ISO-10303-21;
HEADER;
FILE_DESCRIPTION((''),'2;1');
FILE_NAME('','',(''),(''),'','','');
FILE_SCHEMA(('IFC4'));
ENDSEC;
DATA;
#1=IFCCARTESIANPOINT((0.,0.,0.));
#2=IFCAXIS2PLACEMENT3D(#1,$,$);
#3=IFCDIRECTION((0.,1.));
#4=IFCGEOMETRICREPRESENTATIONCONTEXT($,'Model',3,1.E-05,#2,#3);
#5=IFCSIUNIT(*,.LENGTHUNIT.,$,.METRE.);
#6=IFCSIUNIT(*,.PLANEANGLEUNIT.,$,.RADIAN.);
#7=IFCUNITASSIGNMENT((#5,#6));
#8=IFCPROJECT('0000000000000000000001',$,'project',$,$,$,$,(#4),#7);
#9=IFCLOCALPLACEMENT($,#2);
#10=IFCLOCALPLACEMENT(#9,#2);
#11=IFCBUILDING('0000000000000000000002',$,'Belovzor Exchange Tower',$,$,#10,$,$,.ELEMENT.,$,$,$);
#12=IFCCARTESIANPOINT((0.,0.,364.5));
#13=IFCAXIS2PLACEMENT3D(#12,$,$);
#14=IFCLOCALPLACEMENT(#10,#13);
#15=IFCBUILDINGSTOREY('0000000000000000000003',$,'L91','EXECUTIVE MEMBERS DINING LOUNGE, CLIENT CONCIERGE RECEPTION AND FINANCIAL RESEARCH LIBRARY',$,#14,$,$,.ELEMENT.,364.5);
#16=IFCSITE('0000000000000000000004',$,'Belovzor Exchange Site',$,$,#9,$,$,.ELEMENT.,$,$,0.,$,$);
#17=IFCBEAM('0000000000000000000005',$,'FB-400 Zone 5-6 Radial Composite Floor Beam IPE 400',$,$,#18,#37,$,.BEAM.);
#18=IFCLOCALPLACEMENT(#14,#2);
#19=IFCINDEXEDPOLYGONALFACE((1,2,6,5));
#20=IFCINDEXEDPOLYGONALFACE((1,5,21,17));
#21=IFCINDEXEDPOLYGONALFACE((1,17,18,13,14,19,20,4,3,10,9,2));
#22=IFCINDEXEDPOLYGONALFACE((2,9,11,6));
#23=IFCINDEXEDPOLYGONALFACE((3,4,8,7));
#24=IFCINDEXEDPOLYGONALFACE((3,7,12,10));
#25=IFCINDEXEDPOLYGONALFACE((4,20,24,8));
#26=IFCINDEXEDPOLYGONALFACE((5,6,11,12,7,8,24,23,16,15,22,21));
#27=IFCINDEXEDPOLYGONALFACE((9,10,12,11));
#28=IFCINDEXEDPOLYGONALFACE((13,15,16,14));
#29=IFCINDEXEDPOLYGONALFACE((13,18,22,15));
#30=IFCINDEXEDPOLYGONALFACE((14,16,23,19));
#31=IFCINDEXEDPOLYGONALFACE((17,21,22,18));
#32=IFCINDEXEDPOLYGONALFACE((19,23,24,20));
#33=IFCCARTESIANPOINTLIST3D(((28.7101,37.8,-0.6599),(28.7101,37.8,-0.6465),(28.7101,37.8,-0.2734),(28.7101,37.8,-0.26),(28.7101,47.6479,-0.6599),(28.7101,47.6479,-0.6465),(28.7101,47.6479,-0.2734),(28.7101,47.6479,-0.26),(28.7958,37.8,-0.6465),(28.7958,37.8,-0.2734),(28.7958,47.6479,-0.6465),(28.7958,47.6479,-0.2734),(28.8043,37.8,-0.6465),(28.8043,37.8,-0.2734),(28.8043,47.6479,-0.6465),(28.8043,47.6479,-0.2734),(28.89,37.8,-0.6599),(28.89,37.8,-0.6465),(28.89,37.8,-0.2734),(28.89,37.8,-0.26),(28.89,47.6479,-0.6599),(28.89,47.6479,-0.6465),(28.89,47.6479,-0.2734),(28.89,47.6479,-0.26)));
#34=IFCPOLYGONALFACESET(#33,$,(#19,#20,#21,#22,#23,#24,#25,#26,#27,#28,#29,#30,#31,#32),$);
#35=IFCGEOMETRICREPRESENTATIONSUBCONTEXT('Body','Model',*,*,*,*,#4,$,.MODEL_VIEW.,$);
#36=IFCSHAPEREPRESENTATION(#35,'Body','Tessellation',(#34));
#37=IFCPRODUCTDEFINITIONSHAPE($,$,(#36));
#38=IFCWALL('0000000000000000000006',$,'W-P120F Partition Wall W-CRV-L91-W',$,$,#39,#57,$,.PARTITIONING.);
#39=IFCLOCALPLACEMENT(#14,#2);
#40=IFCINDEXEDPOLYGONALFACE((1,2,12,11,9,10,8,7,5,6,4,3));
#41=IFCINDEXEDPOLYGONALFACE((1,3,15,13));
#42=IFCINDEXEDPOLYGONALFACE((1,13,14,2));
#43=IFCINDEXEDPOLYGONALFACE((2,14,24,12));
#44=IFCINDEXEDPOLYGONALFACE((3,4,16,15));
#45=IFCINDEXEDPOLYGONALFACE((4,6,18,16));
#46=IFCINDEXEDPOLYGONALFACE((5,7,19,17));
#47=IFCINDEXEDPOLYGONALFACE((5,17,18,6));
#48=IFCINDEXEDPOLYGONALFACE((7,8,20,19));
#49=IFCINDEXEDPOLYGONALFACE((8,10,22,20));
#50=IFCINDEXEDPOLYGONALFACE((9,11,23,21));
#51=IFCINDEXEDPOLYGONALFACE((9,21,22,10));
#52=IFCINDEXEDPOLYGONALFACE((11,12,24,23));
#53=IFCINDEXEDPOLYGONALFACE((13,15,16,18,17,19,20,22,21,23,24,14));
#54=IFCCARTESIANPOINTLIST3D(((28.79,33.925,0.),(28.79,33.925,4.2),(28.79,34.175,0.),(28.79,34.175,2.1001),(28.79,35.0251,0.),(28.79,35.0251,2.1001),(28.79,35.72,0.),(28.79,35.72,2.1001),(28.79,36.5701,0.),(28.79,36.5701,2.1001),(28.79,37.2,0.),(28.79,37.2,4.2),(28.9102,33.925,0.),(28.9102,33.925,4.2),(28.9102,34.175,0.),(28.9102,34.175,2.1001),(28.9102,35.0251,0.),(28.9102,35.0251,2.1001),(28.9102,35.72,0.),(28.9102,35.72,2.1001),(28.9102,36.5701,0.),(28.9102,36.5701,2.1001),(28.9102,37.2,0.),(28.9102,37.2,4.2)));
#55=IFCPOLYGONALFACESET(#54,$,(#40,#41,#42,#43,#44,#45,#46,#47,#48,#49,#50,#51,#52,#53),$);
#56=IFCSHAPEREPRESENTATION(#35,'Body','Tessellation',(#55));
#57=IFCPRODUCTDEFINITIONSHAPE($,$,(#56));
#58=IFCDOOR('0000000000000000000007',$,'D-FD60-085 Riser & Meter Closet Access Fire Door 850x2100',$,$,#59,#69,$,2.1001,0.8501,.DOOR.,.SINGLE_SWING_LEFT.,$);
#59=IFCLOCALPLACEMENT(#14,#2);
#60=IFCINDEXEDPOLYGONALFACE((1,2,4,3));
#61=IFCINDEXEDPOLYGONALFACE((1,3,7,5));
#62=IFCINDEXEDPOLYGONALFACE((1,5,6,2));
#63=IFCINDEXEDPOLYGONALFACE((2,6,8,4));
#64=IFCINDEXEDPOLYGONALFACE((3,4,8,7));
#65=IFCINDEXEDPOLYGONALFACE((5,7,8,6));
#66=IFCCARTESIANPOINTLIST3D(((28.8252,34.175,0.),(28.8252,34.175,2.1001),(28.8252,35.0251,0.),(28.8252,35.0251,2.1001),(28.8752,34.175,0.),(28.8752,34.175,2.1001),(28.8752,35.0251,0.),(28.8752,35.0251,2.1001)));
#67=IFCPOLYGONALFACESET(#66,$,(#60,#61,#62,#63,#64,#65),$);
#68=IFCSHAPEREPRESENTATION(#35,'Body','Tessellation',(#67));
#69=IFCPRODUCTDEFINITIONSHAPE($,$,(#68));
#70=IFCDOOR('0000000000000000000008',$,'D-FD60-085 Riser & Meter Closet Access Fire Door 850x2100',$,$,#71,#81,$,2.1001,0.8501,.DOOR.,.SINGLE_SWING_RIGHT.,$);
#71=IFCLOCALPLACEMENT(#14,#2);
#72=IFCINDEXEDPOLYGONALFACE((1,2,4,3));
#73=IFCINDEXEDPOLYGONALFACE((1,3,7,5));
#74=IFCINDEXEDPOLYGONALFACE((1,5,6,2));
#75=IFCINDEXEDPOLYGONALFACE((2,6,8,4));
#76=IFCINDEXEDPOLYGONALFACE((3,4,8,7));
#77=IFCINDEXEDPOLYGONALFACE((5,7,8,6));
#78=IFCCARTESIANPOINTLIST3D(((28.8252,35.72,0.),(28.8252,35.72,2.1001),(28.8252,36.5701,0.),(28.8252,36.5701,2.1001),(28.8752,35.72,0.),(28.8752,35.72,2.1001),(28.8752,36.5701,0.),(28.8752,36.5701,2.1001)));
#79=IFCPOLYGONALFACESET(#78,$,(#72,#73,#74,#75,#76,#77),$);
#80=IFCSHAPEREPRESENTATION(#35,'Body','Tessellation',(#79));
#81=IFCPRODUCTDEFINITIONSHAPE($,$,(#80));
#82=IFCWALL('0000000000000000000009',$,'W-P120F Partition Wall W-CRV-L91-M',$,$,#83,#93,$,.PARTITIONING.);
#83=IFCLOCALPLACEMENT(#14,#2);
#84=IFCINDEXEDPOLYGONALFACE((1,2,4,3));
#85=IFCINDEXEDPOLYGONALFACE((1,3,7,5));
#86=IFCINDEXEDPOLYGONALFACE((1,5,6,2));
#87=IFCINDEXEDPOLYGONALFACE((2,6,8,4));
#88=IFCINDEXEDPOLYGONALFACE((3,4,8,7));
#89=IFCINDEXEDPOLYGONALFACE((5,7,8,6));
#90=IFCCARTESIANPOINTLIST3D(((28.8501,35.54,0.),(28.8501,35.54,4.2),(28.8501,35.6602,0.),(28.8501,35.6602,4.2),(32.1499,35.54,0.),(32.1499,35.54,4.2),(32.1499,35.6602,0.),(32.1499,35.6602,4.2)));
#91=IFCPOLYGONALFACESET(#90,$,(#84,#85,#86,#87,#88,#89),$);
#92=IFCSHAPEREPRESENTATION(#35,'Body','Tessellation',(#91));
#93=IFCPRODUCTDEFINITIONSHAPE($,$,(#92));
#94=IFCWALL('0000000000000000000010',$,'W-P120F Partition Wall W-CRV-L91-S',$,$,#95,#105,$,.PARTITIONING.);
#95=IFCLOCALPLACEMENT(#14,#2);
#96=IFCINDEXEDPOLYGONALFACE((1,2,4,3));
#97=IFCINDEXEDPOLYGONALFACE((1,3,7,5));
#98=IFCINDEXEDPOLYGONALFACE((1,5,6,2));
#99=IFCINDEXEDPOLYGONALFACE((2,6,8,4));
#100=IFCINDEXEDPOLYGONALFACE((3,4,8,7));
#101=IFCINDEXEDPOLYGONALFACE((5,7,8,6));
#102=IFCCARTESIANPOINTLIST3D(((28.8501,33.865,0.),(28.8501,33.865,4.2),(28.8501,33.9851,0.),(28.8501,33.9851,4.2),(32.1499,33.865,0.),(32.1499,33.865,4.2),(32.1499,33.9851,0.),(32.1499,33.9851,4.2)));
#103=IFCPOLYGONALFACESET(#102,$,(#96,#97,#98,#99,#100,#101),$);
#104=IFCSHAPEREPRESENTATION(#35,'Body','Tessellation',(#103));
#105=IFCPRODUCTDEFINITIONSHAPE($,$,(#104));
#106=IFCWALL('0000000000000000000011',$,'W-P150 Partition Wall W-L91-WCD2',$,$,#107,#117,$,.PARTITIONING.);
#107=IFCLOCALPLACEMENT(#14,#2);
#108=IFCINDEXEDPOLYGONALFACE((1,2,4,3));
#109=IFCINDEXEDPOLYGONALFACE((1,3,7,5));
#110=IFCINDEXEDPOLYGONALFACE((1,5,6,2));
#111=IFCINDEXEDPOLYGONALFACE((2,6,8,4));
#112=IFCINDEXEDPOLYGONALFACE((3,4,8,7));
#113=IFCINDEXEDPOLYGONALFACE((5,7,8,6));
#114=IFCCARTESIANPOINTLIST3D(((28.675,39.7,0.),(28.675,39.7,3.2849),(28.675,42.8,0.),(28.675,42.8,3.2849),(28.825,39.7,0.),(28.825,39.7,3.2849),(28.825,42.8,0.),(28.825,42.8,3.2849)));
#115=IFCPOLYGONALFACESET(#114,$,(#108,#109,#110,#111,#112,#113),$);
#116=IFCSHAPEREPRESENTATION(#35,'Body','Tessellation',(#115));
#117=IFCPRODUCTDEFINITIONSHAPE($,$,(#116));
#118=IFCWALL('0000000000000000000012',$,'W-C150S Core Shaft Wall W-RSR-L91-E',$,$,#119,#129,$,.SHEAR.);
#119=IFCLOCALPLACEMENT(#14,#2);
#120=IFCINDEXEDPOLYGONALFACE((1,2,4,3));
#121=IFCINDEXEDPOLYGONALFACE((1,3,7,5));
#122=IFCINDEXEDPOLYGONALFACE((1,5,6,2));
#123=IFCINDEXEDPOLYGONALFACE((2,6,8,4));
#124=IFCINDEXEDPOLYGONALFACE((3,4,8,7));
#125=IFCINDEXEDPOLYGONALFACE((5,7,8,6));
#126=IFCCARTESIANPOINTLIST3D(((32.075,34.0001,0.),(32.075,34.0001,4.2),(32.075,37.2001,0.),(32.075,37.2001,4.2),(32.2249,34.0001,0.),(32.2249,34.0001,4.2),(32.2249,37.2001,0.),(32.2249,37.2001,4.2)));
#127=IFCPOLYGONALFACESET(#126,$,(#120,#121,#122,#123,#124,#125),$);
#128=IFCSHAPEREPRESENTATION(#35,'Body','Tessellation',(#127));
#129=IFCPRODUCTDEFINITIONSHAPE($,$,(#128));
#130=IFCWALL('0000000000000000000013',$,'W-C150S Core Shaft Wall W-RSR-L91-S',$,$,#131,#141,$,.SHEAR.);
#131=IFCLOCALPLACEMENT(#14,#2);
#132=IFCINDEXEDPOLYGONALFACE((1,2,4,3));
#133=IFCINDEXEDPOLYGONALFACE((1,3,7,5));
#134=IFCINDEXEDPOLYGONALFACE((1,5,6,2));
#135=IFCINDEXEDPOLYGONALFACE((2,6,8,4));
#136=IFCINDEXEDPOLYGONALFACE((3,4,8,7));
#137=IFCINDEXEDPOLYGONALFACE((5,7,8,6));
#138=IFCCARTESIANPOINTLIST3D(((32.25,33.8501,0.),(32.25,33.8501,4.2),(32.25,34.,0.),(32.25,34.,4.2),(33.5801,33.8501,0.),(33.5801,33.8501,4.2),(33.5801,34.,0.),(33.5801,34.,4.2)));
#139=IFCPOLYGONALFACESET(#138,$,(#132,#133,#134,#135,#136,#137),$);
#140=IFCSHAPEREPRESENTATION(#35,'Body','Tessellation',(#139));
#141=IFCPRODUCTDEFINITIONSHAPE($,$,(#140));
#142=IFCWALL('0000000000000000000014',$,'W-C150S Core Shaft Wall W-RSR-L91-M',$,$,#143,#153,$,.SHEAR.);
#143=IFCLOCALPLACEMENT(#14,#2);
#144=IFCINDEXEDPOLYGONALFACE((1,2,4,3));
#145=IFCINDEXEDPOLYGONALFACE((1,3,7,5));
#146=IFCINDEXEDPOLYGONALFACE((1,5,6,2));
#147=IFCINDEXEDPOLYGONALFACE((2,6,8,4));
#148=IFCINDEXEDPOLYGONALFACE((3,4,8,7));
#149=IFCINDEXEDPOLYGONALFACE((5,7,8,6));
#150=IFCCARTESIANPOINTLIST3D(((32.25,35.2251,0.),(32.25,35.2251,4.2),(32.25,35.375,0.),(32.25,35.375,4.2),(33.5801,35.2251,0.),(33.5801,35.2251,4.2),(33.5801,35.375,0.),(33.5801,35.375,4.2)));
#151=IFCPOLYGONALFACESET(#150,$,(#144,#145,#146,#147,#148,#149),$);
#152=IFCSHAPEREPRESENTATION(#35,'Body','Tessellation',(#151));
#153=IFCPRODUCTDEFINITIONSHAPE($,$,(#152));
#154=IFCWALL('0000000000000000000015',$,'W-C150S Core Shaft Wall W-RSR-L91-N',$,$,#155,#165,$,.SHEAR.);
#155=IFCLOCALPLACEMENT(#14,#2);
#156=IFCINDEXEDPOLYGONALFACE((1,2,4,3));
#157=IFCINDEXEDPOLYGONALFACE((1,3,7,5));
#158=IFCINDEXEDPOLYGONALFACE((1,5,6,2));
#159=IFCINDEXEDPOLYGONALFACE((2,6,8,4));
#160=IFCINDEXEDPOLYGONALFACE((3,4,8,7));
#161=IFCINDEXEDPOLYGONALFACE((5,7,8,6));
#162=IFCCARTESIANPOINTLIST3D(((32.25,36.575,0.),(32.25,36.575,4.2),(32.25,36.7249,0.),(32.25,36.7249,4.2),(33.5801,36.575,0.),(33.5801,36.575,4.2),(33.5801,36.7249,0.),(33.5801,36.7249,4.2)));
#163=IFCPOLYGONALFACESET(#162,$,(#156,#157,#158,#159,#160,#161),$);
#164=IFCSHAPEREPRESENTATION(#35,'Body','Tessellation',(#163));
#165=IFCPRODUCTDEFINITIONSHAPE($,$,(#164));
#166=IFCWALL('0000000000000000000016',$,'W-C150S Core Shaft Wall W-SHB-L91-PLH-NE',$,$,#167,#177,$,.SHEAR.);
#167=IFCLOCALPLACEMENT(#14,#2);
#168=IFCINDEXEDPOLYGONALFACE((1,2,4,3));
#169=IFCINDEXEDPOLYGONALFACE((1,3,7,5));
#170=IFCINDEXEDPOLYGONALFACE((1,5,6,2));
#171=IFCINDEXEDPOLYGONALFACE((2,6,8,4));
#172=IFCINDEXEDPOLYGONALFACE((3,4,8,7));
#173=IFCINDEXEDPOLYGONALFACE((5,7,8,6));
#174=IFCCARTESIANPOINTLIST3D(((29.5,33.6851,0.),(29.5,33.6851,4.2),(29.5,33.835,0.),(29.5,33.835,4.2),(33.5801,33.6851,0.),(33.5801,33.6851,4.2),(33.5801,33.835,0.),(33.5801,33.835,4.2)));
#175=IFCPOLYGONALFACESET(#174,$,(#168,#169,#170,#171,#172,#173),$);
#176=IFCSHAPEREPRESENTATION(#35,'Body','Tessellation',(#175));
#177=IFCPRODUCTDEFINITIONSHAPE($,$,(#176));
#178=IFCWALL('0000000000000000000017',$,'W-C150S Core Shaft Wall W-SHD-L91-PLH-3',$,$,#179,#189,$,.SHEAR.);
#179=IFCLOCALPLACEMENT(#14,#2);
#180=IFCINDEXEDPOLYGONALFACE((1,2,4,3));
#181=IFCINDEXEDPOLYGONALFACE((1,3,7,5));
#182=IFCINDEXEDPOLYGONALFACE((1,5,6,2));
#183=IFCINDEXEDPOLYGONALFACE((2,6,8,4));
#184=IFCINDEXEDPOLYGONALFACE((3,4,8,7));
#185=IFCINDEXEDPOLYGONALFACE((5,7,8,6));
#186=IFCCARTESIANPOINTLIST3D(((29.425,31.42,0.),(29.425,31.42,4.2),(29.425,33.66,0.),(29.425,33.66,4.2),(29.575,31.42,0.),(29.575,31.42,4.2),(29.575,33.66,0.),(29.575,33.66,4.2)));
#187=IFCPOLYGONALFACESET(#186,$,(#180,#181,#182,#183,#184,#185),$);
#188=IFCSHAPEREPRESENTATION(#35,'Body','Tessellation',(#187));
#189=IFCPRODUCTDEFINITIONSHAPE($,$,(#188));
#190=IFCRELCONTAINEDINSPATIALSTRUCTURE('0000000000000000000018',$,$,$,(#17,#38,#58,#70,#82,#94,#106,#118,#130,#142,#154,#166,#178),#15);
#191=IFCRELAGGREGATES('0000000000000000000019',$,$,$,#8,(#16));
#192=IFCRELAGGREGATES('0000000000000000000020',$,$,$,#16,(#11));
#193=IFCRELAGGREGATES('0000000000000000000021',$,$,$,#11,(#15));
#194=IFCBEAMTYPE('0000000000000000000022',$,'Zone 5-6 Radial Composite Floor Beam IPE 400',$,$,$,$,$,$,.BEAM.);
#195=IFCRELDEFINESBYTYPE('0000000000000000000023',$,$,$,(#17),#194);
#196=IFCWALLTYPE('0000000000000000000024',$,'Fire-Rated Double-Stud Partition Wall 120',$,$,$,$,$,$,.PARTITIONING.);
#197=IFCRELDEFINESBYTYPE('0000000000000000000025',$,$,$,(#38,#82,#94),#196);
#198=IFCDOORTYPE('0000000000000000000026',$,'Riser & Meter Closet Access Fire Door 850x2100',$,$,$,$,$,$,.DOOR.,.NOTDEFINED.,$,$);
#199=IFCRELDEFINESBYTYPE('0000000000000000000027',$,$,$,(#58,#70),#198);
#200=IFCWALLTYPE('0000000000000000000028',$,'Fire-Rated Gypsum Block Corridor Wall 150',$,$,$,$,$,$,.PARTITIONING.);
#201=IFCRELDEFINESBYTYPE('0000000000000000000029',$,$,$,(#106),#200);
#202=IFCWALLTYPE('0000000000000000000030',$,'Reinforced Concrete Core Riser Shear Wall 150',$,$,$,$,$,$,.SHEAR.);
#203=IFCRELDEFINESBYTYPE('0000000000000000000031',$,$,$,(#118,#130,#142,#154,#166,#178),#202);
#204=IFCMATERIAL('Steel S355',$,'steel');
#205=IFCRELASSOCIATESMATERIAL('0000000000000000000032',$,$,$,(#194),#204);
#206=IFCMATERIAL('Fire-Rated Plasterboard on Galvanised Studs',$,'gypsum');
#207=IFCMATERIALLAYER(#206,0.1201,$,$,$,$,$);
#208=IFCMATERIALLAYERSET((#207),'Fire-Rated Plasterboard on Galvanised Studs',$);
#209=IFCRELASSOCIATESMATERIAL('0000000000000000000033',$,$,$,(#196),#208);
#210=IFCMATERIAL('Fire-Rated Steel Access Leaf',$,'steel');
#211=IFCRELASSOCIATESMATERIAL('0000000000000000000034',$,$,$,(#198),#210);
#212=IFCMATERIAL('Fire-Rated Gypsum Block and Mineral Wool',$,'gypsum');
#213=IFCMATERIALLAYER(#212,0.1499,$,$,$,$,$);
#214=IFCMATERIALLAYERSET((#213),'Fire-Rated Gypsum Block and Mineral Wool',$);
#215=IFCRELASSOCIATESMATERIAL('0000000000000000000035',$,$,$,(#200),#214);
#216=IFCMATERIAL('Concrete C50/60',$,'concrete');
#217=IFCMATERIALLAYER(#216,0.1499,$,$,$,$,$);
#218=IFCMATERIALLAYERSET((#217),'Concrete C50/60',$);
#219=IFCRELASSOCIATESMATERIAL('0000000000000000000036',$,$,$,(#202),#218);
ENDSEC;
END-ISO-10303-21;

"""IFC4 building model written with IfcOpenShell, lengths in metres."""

from ifc_helpers import new_model, si_unit, direction, frame, frame_2d, origin, origin_2d, place, context, subcontext, project, spatial, rectangle, i_section, extrude, material, layer, layer_set, material_profile, profile_set, type_object, element, fill, save


model = new_model("IFC4")

# Units and contexts
model_context = context("Model", 3, precision=1e-05, world=origin(), true_north=direction((0.0, 1.0)))
body_context = subcontext(model_context, "Body", "Model", "MODEL_VIEW")
ifc_project = project(units=[si_unit("LENGTHUNIT", "METRE"), si_unit("PLANEANGLEUNIT", "RADIAN")], contexts=[model_context])

# Site, building, storey
site_placement = place(None, origin())
site = spatial("IfcSite", under=ifc_project, at=site_placement, Name="Belovzor Exchange Site", CompositionType="ELEMENT", RefElevation=0.0)
building_placement = place(site_placement, origin())
building = spatial("IfcBuilding", under=site, at=building_placement, Name="Belovzor Exchange Tower", CompositionType="ELEMENT")
storey_placement = place(building_placement, frame((0.0, 0.0, 364.5)))
storey = spatial("IfcBuildingStorey", under=building, at=storey_placement, Name="L91", Description="EXECUTIVE MEMBERS DINING LOUNGE, CLIENT CONCIERGE RECEPTION AND FINANCIAL RESEARCH LIBRARY", CompositionType="ELEMENT", Elevation=364.5)

# Beam
ifc_material_1 = material(Name="Steel S355", Category="steel")
ifc_material_profile = material_profile(ifc_material_1, i_section(OverallWidth=0.1799, OverallDepth=0.3999, WebThickness=0.0085, FlangeThickness=0.0134, at=origin_2d()))
ifc_profile_set = profile_set([ifc_material_profile], Name="Steel S355")
beam_type = type_object("IfcBeamType", Name="Zone 5-6 Radial Composite Floor Beam IPE 400", PredefinedType="BEAM", material=ifc_profile_set)
beam_placement = place(storey_placement, frame((28.8, 37.8, -0.46), z_axis=(0.0, 1.0, 0.0), x_axis=(-1.0, 0.0, 0.0)))
element("IfcBeam", 1, at=beam_placement, inside=storey, type_object=beam_type, Name="FB-400 Zone 5-6 Radial Composite Floor Beam IPE 400", PredefinedType="BEAM", context=body_context, shape_type="SweptSolid", body=[
    extrude(i_section(OverallWidth=0.1799, OverallDepth=0.3999, WebThickness=0.0085, FlangeThickness=0.0134, at=origin_2d()), origin(), (0.0, 0.0, 1.0), 9.8479),
])

# Wall, openings, doors
ifc_material_2 = material(Name="Fire-Rated Plasterboard on Galvanised Studs", Category="gypsum")
ifc_layer_1 = layer(ifc_material_2, 0.1201)
ifc_layer_set_1 = layer_set([ifc_layer_1], Name="Fire-Rated Plasterboard on Galvanised Studs")
wall_type_1 = type_object("IfcWallType", Name="Fire-Rated Double-Stud Partition Wall 120", PredefinedType="PARTITIONING", material=ifc_layer_set_1)
wall_1_placement = place(storey_placement, frame((28.8501, 33.925, 0.0), z_axis=(0.0, 0.0, 1.0), x_axis=(0.0, 1.0, 0.0)))
wall_1 = element("IfcWall", 2, at=wall_1_placement, inside=storey, type_object=wall_type_1, Name="W-P120F Partition Wall W-CRV-L91-W", PredefinedType="PARTITIONING", context=body_context, shape_type="SweptSolid", body=[
    extrude(rectangle(XDim=3.2749, YDim=0.1201, at=frame_2d((1.6375, 0.0))), origin(), (0.0, 0.0, 1.0), 4.2),
])
opening_1_placement = place(wall_1_placement, frame((0.25, 0.0, 0.0)))
opening_1 = element("IfcOpeningElement", 3, at=opening_1_placement, cuts=wall_1, PredefinedType="OPENING", context=body_context, shape_type="SweptSolid", body=[
    extrude(rectangle(XDim=0.8501, YDim=2.1001, at=frame_2d((0.425, 1.05))), frame((0.0, 0.0701, 0.0), z_axis=(0.0, -1.0, 0.0), x_axis=(1.0, 0.0, 0.0)), (0.0, 0.0, 1.0), 0.1401),
])
opening_2_placement = place(wall_1_placement, frame((1.7949, 0.0, 0.0)))
opening_2 = element("IfcOpeningElement", 4, at=opening_2_placement, cuts=wall_1, PredefinedType="OPENING", context=body_context, shape_type="SweptSolid", body=[
    extrude(rectangle(XDim=0.8501, YDim=2.1001, at=frame_2d((0.425, 1.05))), frame((0.0, 0.0701, 0.0), z_axis=(0.0, -1.0, 0.0), x_axis=(1.0, 0.0, 0.0)), (0.0, 0.0, 1.0), 0.1401),
])
ifc_material_3 = material(Name="Fire-Rated Steel Access Leaf", Category="steel")
door_type_1 = type_object("IfcDoorType", Name="Riser & Meter Closet Access Fire Door 850x2100", OperationType="NOTDEFINED", PredefinedType="DOOR", material=ifc_material_3)
door_1_placement = place(opening_1_placement, origin())
door_1 = element("IfcDoor", 5, at=door_1_placement, inside=storey, type_object=door_type_1, Name="D-FD60-085 Riser & Meter Closet Access Fire Door 850x2100", OperationType="SINGLE_SWING_LEFT", OverallHeight=2.1001, OverallWidth=0.8501, PredefinedType="DOOR", context=body_context, shape_type="SweptSolid", body=[
    extrude(rectangle(XDim=0.8501, YDim=2.1001, at=frame_2d((0.425, 1.05))), frame((0.0, 0.0249, 0.0), z_axis=(0.0, -1.0, 0.0), x_axis=(1.0, 0.0, 0.0)), (0.0, 0.0, 1.0), 0.05),
])
fill(opening_1, door_1)
door_2_placement = place(opening_2_placement, origin())
door_2 = element("IfcDoor", 6, at=door_2_placement, inside=storey, type_object=door_type_1, Name="D-FD60-085 Riser & Meter Closet Access Fire Door 850x2100", OperationType="SINGLE_SWING_RIGHT", OverallHeight=2.1001, OverallWidth=0.8501, PredefinedType="DOOR", context=body_context, shape_type="SweptSolid", body=[
    extrude(rectangle(XDim=0.8501, YDim=2.1001, at=frame_2d((0.425, 1.05))), frame((0.0, 0.0249, 0.0), z_axis=(0.0, -1.0, 0.0), x_axis=(1.0, 0.0, 0.0)), (0.0, 0.0, 1.0), 0.05),
])
fill(opening_2, door_2)

# Walls
for number, where, z_axis, x_axis, name in (
    (7, (28.8501, 35.6001, 0.0), (0.0, 0.0, 1.0), (1.0, 0.0, 0.0), "W-P120F Partition Wall W-CRV-L91-M"),
    (8, (28.8501, 33.925, 0.0), (0.0, 0.0, 1.0), (1.0, 0.0, 0.0), "W-P120F Partition Wall W-CRV-L91-S"),
):
    element("IfcWall", number, at=place(storey_placement, frame(where, z_axis=z_axis, x_axis=x_axis)), inside=storey, type_object=wall_type_1, Name=name, PredefinedType="PARTITIONING", context=body_context, shape_type="SweptSolid", body=[
        extrude(rectangle(XDim=3.2998, YDim=0.1201, at=frame_2d((1.6499, 0.0))), origin(), (0.0, 0.0, 1.0), 4.2),
    ])
ifc_material_4 = material(Name="Fire-Rated Gypsum Block and Mineral Wool", Category="gypsum")
ifc_layer_2 = layer(ifc_material_4, 0.1499)
ifc_layer_set_2 = layer_set([ifc_layer_2], Name="Fire-Rated Gypsum Block and Mineral Wool")
wall_type_2 = type_object("IfcWallType", Name="Fire-Rated Gypsum Block Corridor Wall 150", PredefinedType="PARTITIONING", material=ifc_layer_set_2)
wall_2_placement = place(storey_placement, frame((28.75, 39.7, 0.0), z_axis=(0.0, 0.0, 1.0), x_axis=(0.0, 1.0, 0.0)))
element("IfcWall", 9, at=wall_2_placement, inside=storey, type_object=wall_type_2, Name="W-P150 Partition Wall W-L91-WCD2", PredefinedType="PARTITIONING", context=body_context, shape_type="SweptSolid", body=[
    extrude(rectangle(XDim=3.1001, YDim=0.1499, at=frame_2d((1.55, 0.0))), origin(), (0.0, 0.0, 1.0), 3.2849),
])
ifc_material_5 = material(Name="Concrete C50/60", Category="concrete")
ifc_layer_3 = layer(ifc_material_5, 0.1499)
ifc_layer_set_3 = layer_set([ifc_layer_3], Name="Concrete C50/60")
wall_type_3 = type_object("IfcWallType", Name="Reinforced Concrete Core Riser Shear Wall 150", PredefinedType="SHEAR", material=ifc_layer_set_3)
wall_3_placement = place(storey_placement, frame((32.1499, 34.0, 0.0), z_axis=(0.0, 0.0, 1.0), x_axis=(0.0, 1.0, 0.0)))
element("IfcWall", 10, at=wall_3_placement, inside=storey, type_object=wall_type_3, Name="W-C150S Core Shaft Wall W-RSR-L91-E", PredefinedType="SHEAR", context=body_context, shape_type="SweptSolid", body=[
    extrude(rectangle(XDim=3.2, YDim=0.1499, at=frame_2d((1.6001, 0.0))), origin(), (0.0, 0.0, 1.0), 4.2),
])
for number, where, z_axis, x_axis, name in (
    (11, (32.25, 33.925, 0.0), (0.0, 0.0, 1.0), (1.0, 0.0, 0.0), "W-C150S Core Shaft Wall W-RSR-L91-S"),
    (12, (32.25, 35.3, 0.0), (0.0, 0.0, 1.0), (1.0, 0.0, 0.0), "W-C150S Core Shaft Wall W-RSR-L91-M"),
    (13, (32.25, 36.6499, 0.0), (0.0, 0.0, 1.0), (1.0, 0.0, 0.0), "W-C150S Core Shaft Wall W-RSR-L91-N"),
):
    element("IfcWall", number, at=place(storey_placement, frame(where, z_axis=z_axis, x_axis=x_axis)), inside=storey, type_object=wall_type_3, Name=name, PredefinedType="SHEAR", context=body_context, shape_type="SweptSolid", body=[
        extrude(rectangle(XDim=1.3301, YDim=0.1499, at=frame_2d((0.665, 0.0))), origin(), (0.0, 0.0, 1.0), 4.2),
    ])
wall_4_placement = place(storey_placement, frame((29.5, 33.76, 0.0), z_axis=(0.0, 0.0, 1.0), x_axis=(1.0, 0.0, 0.0)))
element("IfcWall", 14, at=wall_4_placement, inside=storey, type_object=wall_type_3, Name="W-C150S Core Shaft Wall W-SHB-L91-PLH-NE", PredefinedType="SHEAR", context=body_context, shape_type="SweptSolid", body=[
    extrude(rectangle(XDim=4.0801, YDim=0.1499, at=frame_2d((2.04, 0.0))), origin(), (0.0, 0.0, 1.0), 4.2),
])
for number, where, z_axis, x_axis, name in (
    (15, (29.5, 31.4199, 0.0), (0.0, 0.0, 1.0), (0.0, 1.0, 0.0), "W-C150S Core Shaft Wall W-SHD-L91-PLH-3"),
):
    element("IfcWall", number, at=place(storey_placement, frame(where, z_axis=z_axis, x_axis=x_axis)), inside=storey, type_object=wall_type_3, Name=name, PredefinedType="SHEAR", context=body_context, shape_type="SweptSolid", body=[
        extrude(rectangle(XDim=2.24, YDim=0.1499, at=frame_2d((1.1201, 0.0))), origin(), (0.0, 0.0, 1.0), 4.2),
    ])

save(model, "model.ifc")
